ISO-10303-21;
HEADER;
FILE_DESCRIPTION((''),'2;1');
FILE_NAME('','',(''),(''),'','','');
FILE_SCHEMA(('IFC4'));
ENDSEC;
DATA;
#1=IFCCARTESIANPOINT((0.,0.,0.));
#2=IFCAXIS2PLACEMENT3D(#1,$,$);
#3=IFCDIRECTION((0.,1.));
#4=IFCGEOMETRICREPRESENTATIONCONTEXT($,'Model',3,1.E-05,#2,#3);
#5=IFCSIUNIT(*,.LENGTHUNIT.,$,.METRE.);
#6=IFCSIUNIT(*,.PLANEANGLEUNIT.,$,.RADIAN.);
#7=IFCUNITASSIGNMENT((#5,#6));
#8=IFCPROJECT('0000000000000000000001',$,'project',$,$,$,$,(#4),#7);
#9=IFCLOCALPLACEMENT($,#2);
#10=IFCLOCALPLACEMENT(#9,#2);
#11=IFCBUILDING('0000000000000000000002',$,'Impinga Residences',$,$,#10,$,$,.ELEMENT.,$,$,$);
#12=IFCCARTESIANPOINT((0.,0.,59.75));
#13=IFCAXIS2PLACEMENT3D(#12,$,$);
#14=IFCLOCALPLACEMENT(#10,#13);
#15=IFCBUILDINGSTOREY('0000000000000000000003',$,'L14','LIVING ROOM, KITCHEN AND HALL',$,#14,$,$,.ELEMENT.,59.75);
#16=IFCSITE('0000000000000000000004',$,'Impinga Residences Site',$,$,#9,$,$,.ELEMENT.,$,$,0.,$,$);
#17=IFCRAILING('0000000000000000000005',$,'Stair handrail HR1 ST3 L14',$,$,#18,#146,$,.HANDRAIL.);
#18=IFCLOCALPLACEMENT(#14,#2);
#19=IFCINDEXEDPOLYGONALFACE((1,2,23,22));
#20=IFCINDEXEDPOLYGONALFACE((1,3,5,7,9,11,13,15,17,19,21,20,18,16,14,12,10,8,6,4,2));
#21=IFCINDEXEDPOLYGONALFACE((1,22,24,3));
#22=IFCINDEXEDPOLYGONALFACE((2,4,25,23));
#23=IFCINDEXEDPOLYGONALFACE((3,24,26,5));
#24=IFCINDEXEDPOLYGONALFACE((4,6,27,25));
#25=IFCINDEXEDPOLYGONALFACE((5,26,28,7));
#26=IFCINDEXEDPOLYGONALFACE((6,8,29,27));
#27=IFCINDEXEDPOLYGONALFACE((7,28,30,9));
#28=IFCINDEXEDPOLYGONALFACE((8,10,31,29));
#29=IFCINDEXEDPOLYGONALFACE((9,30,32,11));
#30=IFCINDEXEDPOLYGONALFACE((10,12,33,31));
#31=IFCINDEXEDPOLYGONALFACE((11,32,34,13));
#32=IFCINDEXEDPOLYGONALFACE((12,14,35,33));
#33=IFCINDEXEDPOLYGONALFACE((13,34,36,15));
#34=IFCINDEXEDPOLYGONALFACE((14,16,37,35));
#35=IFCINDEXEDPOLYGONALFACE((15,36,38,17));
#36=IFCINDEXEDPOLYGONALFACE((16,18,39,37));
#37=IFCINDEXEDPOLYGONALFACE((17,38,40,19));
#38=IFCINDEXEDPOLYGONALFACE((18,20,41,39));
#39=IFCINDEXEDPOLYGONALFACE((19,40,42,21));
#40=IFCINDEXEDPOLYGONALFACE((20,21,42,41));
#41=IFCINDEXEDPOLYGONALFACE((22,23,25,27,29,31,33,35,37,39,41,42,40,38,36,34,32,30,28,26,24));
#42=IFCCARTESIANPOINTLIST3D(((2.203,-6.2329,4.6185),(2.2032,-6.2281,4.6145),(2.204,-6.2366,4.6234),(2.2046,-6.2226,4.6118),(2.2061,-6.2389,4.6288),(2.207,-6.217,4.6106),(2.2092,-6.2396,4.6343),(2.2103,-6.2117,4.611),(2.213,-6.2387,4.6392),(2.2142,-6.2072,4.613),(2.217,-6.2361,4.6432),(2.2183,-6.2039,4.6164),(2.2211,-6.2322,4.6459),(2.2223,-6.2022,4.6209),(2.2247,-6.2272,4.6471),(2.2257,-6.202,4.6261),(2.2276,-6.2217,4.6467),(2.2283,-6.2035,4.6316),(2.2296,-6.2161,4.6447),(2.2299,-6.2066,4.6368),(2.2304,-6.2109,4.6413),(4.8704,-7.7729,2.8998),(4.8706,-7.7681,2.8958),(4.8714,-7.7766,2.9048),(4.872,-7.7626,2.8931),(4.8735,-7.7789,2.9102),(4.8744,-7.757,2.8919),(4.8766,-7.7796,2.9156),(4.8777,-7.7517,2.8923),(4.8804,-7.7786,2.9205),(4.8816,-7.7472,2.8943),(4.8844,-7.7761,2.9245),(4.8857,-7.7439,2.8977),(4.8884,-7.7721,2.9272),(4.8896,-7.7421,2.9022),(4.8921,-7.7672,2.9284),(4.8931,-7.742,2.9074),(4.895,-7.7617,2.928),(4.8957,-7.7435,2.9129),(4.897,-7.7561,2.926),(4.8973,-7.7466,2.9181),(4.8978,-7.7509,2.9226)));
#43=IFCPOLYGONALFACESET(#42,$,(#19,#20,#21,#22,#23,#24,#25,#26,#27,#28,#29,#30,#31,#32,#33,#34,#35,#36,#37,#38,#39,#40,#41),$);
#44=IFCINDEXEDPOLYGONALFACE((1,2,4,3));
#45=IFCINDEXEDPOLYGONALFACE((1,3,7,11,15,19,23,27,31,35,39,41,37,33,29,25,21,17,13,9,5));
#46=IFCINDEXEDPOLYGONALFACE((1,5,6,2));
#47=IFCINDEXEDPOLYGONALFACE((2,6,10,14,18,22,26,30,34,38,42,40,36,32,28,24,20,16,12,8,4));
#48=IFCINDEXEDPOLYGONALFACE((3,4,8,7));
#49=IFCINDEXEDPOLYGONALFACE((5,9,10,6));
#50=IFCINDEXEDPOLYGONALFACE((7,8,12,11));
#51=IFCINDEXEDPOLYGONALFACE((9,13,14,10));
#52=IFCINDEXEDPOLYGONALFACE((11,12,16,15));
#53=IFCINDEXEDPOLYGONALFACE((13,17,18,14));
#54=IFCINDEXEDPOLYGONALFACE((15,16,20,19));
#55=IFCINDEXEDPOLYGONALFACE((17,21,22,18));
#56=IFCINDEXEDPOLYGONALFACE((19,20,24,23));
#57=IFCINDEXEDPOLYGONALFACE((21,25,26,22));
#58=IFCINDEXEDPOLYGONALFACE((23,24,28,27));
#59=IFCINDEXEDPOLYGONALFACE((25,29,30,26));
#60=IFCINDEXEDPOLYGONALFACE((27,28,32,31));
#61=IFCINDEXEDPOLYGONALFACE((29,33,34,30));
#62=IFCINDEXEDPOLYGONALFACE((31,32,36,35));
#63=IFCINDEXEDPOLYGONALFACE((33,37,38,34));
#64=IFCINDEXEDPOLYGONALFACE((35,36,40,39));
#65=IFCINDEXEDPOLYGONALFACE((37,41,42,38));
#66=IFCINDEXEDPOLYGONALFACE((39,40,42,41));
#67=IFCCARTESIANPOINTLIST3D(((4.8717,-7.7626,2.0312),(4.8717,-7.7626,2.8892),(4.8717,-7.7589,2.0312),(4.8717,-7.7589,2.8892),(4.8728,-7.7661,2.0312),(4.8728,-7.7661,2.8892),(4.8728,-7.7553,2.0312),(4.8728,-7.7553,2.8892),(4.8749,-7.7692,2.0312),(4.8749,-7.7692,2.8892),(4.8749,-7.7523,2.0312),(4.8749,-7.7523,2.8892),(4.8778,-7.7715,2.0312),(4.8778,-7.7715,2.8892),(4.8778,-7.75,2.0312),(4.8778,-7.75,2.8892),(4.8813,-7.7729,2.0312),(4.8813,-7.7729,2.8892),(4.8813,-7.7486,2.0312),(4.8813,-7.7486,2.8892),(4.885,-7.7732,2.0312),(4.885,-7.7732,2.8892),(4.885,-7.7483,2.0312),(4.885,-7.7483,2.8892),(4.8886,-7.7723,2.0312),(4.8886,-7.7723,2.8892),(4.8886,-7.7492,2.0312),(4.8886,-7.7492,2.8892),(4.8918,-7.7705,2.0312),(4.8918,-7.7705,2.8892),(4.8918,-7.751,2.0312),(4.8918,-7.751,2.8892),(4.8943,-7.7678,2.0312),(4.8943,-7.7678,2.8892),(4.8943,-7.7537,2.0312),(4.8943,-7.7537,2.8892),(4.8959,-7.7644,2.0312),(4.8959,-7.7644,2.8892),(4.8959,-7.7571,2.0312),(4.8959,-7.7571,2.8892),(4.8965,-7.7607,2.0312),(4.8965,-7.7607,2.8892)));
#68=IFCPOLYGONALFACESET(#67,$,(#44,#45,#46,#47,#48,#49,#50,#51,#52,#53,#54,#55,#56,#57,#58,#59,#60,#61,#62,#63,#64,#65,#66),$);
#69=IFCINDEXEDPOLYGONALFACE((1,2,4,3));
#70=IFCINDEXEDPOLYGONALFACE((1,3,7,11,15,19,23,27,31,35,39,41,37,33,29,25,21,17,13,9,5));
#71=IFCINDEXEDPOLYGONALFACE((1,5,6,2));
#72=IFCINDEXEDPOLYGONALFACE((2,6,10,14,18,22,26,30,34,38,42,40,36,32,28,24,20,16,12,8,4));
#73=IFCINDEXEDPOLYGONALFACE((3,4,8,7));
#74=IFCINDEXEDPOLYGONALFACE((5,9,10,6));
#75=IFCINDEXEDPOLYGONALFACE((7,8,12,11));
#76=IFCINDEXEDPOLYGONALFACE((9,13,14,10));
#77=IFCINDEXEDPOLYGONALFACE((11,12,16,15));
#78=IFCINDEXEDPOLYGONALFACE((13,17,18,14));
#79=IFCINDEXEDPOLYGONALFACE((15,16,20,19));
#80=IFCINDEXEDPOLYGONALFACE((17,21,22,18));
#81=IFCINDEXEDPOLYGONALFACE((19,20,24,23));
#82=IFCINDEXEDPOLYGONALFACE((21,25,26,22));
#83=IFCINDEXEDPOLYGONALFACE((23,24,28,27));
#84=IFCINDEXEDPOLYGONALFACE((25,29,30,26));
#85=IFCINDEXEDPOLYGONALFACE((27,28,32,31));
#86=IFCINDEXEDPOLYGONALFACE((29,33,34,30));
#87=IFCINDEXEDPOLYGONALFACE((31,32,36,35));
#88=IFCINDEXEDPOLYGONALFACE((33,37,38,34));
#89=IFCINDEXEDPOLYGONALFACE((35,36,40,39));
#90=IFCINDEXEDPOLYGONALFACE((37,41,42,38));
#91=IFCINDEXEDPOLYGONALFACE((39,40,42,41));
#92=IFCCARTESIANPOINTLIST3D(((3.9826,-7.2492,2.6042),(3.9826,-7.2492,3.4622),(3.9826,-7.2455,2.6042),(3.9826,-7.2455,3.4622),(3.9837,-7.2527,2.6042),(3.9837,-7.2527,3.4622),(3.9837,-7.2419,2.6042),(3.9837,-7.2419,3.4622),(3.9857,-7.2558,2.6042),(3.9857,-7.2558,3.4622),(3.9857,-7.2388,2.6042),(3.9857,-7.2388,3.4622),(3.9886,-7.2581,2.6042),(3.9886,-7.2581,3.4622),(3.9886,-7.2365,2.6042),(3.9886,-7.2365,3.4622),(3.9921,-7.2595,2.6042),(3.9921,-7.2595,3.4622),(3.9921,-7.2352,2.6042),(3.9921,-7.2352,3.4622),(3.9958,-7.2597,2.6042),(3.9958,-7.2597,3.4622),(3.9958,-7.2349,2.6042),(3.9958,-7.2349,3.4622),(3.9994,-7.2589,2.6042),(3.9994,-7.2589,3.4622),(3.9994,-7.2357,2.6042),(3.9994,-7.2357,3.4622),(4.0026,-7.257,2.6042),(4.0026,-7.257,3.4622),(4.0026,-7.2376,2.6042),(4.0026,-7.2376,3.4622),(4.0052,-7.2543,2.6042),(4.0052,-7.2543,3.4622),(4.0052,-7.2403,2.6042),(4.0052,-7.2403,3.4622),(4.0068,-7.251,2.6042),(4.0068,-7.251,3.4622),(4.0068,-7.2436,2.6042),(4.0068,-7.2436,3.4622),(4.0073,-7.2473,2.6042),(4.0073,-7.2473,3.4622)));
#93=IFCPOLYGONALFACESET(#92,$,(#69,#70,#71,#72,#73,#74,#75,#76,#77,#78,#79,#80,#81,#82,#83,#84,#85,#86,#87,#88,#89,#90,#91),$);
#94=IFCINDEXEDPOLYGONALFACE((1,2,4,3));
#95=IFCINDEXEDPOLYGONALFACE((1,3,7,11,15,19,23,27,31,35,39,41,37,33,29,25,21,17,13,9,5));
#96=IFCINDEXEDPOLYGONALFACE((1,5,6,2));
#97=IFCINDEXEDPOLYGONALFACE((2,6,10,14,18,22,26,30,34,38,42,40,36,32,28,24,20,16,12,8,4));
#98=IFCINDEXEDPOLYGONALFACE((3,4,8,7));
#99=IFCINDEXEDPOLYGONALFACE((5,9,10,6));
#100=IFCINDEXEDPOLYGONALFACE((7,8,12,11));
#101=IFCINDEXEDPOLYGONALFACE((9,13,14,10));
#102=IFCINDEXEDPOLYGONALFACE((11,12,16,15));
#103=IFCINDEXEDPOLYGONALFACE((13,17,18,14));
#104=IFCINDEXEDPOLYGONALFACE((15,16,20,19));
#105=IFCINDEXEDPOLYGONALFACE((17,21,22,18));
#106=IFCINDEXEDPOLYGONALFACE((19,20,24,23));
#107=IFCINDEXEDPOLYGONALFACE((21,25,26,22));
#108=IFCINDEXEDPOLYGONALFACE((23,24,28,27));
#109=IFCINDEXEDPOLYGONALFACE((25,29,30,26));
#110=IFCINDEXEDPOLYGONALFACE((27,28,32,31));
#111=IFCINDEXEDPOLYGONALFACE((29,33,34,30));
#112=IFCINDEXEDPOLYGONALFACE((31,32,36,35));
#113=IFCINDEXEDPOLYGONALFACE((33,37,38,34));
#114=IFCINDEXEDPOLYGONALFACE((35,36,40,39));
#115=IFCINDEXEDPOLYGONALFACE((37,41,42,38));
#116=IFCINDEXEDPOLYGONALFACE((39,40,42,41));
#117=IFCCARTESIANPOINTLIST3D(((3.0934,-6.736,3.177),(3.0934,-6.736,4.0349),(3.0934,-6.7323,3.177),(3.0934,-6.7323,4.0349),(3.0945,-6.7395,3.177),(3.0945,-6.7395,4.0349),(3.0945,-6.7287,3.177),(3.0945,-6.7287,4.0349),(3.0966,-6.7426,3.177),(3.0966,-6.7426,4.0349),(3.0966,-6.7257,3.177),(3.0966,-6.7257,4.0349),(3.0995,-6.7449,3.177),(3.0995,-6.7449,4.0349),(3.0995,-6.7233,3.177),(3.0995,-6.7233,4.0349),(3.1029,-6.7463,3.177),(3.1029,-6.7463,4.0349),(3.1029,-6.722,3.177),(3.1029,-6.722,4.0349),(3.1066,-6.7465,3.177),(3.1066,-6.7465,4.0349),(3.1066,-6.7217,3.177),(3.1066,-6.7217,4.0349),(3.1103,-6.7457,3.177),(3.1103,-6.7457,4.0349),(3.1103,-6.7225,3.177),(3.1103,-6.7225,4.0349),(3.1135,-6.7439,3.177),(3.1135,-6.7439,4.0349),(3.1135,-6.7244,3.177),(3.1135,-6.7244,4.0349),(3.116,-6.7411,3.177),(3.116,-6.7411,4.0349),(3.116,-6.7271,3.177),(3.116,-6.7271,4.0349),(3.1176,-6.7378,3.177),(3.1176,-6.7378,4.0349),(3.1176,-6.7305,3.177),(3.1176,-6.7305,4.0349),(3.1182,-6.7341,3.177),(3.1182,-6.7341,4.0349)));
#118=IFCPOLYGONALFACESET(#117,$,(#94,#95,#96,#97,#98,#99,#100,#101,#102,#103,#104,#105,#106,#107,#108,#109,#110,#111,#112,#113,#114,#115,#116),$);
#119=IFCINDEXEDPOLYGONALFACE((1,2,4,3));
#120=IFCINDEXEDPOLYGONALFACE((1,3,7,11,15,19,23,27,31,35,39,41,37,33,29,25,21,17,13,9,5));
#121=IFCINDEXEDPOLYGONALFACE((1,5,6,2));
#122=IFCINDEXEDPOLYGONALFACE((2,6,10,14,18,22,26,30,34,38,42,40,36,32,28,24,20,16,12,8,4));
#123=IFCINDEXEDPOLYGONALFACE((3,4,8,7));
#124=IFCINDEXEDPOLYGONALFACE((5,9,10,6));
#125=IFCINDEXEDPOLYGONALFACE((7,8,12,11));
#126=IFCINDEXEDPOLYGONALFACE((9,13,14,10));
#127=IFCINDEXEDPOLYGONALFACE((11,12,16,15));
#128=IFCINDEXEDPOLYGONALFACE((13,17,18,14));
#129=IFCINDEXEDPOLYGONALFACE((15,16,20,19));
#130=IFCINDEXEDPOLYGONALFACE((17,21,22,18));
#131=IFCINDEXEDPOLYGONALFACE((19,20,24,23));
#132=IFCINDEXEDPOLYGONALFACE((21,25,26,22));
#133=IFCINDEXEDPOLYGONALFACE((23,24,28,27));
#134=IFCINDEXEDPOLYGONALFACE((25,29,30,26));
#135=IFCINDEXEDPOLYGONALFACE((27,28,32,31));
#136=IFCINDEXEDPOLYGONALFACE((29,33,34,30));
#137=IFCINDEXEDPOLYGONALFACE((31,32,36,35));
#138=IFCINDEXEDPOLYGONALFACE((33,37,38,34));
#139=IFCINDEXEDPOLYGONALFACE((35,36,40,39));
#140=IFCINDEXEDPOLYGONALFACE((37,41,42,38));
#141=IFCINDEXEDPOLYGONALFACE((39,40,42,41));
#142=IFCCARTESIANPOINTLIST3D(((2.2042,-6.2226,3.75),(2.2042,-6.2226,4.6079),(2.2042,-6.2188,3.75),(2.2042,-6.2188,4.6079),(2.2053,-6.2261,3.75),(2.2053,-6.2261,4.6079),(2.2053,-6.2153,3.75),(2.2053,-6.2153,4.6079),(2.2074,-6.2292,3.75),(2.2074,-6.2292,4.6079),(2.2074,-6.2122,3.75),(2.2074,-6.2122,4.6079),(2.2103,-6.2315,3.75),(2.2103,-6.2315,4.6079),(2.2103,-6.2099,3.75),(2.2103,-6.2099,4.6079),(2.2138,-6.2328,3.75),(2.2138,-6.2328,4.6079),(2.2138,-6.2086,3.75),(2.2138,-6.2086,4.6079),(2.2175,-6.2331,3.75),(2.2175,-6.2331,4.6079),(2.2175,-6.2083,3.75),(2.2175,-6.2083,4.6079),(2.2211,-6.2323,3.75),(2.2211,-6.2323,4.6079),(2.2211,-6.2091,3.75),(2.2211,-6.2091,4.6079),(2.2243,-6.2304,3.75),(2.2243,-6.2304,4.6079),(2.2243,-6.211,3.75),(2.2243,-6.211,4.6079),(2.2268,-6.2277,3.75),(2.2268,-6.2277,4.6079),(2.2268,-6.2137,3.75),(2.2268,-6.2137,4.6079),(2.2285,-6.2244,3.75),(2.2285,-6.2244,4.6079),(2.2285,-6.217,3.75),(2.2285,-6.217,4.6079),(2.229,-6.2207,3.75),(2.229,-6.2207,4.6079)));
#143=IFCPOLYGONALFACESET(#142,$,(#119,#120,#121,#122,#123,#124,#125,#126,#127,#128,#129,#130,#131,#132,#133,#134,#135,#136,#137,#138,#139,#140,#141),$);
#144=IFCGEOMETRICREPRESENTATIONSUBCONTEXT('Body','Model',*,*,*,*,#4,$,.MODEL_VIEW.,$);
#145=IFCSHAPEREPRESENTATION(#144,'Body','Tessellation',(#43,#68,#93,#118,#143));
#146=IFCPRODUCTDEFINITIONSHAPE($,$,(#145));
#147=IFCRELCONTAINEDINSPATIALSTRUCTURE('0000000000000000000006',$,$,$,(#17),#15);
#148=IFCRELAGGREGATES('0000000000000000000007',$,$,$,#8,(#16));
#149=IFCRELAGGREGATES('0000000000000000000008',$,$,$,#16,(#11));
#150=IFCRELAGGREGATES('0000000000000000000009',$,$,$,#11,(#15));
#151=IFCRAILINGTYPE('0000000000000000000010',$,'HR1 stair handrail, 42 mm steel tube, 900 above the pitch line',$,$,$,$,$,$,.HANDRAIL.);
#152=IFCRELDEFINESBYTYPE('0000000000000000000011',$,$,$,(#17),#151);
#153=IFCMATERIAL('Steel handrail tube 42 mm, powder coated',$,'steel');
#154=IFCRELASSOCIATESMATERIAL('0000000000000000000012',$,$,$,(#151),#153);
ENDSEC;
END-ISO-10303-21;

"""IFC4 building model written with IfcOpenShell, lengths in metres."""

from ifc_helpers import new_model, si_unit, direction, frame, origin, origin_2d, place, context, subcontext, project, spatial, circle, extrude, material, type_object, element, save


model = new_model("IFC4")

# Units and contexts
model_context = context("Model", 3, precision=1e-05, world=origin(), true_north=direction((0.0, 1.0)))
body_context = subcontext(model_context, "Body", "Model", "MODEL_VIEW")
ifc_project = project(units=[si_unit("LENGTHUNIT", "METRE"), si_unit("PLANEANGLEUNIT", "RADIAN")], contexts=[model_context])

# Site, building, storey
site_placement = place(None, origin())
site = spatial("IfcSite", under=ifc_project, at=site_placement, Name="Impinga Residences Site", CompositionType="ELEMENT", RefElevation=0.0)
building_placement = place(site_placement, origin())
building = spatial("IfcBuilding", under=site, at=building_placement, Name="Impinga Residences", CompositionType="ELEMENT")
storey_placement = place(building_placement, frame((0.0, 0.0, 59.75)))
storey = spatial("IfcBuildingStorey", under=building, at=storey_placement, Name="L14", Description="LIVING ROOM, KITCHEN AND HALL", CompositionType="ELEMENT", Elevation=59.75)

# Railing
ifc_material_1 = material(Name="Steel handrail tube 42 mm, powder coated", Category="steel")
railing_type_1 = type_object("IfcRailingType", Name="HR1 stair handrail, 42 mm steel tube, 900 above the pitch line", PredefinedType="HANDRAIL", material=ifc_material_1)
railing_1_placement = place(storey_placement, frame((4.884, -7.7607, 2.0312)))
element("IfcRailing", 1, at=railing_1_placement, inside=storey, type_object=railing_type_1, Name="Stair handrail HR1 ST3 L14", PredefinedType="HANDRAIL", context=body_context, shape_type="SweptSolid", body=[
    extrude(circle(Radius=0.021, at=origin_2d()), frame((0.0, 0.0, 0.8789), z_axis=(-0.756256, 0.436616, 0.487282), x_axis=(-0.499992, -0.86603, 0.0)), (0.0, 0.0, 1.0), 3.5271),
    extrude(circle(Radius=0.0125, at=origin_2d()), origin(), (0.0, 0.0, 1.0), 0.8579),
    extrude(circle(Radius=0.0125, at=origin_2d()), frame((-0.8892, 0.5134, 0.573)), (0.0, 0.0, 1.0), 0.8579),
    extrude(circle(Radius=0.0125, at=origin_2d()), frame((-1.7783, 1.0266, 1.1458)), (0.0, 0.0, 1.0), 0.8579),
    extrude(circle(Radius=0.0125, at=origin_2d()), frame((-2.6675, 1.54, 1.7188)), (0.0, 0.0, 1.0), 0.8579),
])

save(model, "model.ifc")
